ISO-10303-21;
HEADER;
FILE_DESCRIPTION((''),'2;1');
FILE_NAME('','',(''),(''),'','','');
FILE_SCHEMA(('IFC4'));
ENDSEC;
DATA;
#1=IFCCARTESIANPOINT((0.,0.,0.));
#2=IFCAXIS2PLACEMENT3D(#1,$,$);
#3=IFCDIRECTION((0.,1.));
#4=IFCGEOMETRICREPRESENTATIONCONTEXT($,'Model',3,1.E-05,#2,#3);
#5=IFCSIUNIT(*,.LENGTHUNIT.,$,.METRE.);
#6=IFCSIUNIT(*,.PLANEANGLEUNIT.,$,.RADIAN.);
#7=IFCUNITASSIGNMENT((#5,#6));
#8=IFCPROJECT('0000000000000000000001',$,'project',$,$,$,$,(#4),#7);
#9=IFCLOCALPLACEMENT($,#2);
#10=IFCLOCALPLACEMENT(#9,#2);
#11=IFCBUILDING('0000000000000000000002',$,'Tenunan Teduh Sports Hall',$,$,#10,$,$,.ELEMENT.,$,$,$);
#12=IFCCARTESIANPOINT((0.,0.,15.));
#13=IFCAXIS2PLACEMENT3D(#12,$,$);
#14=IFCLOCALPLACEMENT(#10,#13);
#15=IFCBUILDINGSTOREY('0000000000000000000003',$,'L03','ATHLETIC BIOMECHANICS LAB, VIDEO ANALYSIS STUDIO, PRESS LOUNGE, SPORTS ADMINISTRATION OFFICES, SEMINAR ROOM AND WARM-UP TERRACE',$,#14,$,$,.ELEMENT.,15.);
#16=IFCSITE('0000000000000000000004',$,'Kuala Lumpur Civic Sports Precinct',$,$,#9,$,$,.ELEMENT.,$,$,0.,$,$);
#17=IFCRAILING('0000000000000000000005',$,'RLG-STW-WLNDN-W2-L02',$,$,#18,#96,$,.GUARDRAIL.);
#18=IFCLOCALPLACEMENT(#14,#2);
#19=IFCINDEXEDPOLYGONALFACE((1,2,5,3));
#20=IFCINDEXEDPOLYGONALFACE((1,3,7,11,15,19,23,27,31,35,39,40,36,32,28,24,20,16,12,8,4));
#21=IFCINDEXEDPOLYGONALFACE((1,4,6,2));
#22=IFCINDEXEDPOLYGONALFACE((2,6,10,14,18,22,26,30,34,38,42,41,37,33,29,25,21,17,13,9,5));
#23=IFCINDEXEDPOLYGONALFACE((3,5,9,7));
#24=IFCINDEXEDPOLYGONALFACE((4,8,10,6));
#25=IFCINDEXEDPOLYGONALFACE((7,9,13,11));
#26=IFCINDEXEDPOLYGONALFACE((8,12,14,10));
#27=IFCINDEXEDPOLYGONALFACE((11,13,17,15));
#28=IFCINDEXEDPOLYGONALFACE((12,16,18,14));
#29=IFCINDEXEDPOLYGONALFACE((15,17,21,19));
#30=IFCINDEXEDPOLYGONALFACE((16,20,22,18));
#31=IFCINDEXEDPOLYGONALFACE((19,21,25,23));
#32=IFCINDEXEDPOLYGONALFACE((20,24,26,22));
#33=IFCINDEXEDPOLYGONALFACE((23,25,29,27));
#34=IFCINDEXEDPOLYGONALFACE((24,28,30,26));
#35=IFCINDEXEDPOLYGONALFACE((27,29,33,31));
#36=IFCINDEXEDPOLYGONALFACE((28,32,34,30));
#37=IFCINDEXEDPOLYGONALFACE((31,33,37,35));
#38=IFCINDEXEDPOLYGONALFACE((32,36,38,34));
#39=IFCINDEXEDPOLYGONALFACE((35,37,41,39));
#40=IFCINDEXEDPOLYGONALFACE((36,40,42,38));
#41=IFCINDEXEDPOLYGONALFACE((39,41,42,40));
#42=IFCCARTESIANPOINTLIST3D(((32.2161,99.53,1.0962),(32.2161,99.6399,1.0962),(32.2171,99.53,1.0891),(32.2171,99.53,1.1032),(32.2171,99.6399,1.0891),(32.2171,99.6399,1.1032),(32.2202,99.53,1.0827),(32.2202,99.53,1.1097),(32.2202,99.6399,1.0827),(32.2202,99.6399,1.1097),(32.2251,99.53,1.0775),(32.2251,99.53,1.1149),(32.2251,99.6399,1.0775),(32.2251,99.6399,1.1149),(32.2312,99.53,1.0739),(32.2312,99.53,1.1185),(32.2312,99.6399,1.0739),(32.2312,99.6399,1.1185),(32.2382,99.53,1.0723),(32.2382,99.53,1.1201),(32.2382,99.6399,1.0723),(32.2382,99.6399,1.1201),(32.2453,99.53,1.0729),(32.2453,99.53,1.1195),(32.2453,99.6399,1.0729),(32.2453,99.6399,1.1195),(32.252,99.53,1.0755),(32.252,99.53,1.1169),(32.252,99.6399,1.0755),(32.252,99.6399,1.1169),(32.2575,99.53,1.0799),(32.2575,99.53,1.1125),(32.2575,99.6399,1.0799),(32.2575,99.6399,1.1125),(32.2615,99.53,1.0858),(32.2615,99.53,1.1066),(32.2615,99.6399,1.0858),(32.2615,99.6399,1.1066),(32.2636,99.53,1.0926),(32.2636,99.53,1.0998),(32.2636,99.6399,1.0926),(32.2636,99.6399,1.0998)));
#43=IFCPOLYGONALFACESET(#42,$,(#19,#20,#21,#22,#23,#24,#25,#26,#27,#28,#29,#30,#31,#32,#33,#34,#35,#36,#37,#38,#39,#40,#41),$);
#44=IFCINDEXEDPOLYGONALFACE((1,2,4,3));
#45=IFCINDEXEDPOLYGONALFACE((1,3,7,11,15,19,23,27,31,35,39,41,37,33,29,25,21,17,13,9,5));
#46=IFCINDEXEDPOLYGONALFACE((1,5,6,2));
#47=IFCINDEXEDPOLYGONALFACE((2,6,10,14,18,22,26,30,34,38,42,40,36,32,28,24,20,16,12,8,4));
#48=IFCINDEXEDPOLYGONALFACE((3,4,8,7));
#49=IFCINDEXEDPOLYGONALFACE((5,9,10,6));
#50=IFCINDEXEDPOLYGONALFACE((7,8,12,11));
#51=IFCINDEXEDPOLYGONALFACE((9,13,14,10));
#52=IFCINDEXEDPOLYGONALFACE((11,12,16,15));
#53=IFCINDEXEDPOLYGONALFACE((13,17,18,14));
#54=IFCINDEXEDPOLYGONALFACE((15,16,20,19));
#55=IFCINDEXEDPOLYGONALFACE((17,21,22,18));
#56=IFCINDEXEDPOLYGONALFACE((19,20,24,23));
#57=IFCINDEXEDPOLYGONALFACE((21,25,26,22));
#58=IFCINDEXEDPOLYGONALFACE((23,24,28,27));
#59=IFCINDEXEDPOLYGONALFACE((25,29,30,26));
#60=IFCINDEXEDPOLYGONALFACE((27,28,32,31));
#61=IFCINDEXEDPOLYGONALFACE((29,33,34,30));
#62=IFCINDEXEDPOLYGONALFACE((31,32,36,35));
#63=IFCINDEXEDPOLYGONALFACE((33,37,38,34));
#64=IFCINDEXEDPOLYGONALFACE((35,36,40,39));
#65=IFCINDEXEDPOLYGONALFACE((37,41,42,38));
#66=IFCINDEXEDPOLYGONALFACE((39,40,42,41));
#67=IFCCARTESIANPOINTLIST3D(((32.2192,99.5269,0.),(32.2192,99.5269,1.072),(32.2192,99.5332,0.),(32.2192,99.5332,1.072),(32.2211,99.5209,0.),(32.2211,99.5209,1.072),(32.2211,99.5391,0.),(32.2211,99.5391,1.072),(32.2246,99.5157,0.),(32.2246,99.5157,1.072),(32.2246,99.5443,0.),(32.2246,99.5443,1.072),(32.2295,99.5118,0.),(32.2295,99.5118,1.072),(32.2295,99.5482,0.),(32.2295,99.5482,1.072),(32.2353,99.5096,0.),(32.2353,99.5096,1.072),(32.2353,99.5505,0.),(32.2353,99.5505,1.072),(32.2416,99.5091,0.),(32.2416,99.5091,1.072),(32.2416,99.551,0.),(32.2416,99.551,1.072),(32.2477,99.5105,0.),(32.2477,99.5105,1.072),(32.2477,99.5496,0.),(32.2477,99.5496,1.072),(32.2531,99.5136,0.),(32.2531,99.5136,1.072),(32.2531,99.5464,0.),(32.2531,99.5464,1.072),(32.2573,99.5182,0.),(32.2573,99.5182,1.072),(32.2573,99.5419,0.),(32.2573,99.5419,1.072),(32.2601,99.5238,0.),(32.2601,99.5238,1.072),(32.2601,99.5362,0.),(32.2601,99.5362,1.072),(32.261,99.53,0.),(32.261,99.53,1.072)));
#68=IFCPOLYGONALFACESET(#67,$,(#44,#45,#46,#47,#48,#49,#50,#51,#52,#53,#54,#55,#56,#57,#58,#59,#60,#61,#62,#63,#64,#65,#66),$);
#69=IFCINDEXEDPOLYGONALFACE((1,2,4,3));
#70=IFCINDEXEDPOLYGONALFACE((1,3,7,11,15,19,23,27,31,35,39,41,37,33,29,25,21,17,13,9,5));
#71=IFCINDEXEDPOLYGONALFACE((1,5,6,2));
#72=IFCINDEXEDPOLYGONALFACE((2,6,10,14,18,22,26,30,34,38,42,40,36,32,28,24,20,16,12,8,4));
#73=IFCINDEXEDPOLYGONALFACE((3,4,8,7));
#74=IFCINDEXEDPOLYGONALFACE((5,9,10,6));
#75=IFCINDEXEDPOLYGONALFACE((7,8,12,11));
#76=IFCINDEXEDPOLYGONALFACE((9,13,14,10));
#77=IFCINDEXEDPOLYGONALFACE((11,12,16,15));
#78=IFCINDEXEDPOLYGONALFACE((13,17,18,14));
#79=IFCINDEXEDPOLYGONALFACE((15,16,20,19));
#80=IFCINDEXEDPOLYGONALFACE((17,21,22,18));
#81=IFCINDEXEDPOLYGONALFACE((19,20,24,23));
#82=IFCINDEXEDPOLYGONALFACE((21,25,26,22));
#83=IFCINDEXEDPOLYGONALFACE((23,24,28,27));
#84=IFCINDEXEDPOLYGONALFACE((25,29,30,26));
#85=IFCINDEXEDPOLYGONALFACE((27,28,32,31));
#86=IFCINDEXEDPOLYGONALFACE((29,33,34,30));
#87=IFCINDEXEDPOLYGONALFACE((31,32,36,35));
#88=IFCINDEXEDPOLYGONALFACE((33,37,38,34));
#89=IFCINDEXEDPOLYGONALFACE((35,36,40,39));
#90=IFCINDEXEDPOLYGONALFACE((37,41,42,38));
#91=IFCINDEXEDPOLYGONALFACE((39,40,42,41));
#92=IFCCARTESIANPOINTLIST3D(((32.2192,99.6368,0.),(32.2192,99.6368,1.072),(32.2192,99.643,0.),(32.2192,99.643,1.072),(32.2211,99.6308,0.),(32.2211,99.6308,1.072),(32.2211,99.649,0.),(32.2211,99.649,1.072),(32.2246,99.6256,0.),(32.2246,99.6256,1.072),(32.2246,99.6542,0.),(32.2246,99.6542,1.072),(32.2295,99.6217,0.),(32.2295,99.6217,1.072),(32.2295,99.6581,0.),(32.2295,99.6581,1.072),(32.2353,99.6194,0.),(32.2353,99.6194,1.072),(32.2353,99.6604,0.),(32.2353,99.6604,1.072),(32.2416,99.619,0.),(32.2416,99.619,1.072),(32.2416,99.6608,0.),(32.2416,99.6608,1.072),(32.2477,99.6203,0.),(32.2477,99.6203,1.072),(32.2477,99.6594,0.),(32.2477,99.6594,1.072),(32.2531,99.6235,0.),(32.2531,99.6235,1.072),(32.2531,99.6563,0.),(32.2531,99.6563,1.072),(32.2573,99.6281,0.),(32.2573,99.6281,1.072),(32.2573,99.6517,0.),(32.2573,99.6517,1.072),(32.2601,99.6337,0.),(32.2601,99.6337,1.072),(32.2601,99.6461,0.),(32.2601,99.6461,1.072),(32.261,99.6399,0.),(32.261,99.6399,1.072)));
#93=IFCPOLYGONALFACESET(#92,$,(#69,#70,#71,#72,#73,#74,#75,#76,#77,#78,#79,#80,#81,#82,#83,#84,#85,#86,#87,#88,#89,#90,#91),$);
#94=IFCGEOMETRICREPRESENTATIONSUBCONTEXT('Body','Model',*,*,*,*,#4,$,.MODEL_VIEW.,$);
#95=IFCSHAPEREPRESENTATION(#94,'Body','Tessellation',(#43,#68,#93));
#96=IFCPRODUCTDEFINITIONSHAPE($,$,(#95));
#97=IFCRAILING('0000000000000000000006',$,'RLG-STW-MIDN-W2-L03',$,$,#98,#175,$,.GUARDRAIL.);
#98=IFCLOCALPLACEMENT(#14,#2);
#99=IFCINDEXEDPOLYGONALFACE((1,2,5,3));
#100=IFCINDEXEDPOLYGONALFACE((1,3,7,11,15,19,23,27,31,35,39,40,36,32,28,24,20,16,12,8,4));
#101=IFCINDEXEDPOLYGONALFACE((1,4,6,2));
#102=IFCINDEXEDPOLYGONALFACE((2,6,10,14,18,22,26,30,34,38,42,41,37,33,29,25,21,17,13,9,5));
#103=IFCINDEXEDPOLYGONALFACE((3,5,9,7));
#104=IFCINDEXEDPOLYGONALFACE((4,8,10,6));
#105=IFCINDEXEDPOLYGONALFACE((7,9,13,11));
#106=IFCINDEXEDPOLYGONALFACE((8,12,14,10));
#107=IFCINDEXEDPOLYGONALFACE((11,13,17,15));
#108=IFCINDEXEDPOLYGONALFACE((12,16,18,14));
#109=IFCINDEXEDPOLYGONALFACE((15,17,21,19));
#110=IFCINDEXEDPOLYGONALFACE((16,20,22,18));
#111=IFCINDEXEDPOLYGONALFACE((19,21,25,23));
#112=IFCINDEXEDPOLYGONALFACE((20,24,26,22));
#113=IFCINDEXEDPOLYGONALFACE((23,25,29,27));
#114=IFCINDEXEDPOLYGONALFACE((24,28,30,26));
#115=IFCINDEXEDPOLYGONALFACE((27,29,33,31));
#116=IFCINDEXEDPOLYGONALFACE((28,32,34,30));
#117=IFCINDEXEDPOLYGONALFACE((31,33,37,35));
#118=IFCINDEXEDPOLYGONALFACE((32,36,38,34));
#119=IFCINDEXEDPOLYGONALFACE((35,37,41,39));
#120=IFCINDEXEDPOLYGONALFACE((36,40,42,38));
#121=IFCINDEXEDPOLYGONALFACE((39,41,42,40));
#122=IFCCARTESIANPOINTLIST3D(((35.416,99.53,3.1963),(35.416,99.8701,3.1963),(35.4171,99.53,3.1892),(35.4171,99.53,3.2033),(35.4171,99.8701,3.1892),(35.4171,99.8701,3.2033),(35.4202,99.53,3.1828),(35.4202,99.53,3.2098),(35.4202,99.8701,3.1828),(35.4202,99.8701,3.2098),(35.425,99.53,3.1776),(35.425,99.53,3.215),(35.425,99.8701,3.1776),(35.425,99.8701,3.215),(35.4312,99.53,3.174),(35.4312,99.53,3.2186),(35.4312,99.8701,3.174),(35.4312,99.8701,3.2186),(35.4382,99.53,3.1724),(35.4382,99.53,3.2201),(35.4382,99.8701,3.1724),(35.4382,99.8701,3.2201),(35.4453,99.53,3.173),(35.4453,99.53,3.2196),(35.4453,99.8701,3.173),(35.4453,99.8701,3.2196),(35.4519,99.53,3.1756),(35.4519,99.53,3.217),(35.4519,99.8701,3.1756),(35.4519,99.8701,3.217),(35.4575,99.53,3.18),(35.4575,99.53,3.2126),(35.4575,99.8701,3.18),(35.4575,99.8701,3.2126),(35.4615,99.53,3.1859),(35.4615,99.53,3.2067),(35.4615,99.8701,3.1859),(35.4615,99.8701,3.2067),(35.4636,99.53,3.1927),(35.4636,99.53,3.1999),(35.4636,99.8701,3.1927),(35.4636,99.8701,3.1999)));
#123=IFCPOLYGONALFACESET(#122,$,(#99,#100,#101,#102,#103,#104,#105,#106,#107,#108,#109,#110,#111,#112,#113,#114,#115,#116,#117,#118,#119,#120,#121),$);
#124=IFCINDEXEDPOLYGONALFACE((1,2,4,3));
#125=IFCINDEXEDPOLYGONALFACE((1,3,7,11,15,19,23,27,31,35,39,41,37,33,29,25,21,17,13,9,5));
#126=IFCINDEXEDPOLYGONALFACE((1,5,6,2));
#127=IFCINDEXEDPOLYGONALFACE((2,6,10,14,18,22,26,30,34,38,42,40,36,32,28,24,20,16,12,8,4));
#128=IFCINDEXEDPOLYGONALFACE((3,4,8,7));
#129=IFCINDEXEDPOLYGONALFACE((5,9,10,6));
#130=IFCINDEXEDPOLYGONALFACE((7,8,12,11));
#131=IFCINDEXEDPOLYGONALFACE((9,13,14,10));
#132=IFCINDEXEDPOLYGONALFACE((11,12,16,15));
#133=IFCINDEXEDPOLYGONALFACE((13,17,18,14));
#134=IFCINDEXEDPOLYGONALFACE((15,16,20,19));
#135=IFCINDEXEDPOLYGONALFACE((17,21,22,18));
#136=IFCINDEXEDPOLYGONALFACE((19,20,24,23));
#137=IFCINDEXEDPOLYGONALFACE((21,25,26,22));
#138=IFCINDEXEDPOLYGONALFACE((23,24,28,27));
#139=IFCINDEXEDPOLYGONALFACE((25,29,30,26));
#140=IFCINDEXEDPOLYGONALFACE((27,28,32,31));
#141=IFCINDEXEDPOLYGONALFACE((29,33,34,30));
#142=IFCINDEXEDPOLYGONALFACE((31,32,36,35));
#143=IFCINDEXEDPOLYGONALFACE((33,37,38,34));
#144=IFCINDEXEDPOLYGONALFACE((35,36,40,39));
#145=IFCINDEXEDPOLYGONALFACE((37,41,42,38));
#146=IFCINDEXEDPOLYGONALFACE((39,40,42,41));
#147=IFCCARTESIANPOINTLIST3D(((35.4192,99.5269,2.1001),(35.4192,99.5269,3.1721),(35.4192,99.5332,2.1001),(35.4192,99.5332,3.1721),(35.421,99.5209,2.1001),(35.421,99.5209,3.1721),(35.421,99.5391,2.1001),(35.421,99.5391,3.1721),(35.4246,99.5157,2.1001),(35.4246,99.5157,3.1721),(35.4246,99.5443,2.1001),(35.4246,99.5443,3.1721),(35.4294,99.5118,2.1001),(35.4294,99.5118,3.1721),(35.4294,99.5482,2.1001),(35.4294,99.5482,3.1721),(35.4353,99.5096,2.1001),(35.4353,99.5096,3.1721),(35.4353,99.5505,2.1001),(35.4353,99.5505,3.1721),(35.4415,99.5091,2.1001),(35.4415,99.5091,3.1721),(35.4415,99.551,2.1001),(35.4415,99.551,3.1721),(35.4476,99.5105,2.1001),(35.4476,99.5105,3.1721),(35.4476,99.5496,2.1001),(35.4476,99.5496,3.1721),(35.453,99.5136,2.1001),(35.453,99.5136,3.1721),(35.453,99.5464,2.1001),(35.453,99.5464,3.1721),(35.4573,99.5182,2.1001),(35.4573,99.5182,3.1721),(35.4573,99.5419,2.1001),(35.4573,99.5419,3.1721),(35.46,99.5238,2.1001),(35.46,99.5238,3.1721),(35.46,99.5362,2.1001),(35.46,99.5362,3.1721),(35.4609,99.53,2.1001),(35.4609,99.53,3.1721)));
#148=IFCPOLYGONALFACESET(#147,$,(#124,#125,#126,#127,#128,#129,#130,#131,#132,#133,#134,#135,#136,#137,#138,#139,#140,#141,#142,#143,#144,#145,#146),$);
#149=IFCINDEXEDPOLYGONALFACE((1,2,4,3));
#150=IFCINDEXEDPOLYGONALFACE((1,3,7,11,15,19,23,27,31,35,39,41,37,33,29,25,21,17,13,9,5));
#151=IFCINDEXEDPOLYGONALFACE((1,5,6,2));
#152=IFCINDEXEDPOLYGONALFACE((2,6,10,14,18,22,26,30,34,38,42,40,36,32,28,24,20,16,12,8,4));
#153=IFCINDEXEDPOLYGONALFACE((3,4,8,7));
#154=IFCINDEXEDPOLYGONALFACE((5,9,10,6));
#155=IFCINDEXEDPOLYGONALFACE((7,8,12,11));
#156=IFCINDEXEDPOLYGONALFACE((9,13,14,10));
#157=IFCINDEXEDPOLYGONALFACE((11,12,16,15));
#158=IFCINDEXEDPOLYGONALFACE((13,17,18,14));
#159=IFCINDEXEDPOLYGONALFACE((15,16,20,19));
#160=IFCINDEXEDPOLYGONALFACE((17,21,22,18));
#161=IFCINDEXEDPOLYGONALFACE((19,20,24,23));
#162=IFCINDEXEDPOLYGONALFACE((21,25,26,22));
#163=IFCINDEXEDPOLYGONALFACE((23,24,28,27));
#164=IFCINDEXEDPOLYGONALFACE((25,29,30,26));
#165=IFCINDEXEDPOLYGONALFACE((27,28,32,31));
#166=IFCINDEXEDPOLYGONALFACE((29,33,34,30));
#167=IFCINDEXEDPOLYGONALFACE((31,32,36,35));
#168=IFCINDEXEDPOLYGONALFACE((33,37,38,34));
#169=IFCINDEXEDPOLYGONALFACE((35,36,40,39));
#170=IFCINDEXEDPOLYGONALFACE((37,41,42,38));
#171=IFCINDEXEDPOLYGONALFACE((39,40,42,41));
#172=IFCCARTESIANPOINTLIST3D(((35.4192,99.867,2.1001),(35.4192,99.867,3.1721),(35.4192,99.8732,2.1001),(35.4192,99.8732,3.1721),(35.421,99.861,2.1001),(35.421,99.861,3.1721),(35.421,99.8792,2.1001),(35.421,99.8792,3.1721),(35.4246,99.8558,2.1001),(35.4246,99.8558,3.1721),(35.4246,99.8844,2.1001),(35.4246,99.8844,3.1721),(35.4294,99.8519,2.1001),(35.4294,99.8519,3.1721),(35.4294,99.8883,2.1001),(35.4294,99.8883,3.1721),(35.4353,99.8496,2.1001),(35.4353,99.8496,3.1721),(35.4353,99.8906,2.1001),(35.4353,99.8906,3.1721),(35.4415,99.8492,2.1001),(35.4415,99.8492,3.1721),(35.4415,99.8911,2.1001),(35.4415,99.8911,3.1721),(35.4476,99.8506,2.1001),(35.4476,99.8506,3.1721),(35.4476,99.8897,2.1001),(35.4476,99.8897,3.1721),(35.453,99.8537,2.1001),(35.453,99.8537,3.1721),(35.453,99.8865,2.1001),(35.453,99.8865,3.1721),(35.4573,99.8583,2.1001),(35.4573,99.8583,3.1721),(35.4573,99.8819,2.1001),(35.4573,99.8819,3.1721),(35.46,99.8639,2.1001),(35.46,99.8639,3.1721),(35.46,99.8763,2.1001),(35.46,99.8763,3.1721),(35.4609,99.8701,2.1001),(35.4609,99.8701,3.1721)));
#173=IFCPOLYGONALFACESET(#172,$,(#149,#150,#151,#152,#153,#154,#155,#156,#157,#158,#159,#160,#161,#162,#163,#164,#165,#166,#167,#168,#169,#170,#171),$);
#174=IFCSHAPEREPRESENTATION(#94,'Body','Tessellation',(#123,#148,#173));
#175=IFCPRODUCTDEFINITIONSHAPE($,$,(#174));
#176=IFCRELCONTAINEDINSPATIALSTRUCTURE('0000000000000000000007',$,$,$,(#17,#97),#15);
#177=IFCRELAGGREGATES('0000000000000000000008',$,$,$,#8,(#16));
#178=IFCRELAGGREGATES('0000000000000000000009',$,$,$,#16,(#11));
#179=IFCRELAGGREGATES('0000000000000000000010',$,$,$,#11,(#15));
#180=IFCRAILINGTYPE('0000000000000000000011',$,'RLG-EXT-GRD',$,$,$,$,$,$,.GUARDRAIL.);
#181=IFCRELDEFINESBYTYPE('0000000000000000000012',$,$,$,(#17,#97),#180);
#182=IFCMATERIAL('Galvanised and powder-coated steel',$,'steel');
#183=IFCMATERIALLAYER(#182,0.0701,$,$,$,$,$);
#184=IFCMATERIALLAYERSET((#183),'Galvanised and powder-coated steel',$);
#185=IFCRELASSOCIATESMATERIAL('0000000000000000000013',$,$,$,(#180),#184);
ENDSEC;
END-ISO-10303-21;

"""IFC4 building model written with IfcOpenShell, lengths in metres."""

from ifc_helpers import new_model, si_unit, direction, frame, origin, origin_2d, place, context, subcontext, project, spatial, circle, extrude, material, layer, layer_set, type_object, element, save


model = new_model("IFC4")

# Units and contexts
model_context = context("Model", 3, precision=1e-05, world=origin(), true_north=direction((0.0, 1.0)))
body_context = subcontext(model_context, "Body", "Model", "MODEL_VIEW")
ifc_project = project(units=[si_unit("LENGTHUNIT", "METRE"), si_unit("PLANEANGLEUNIT", "RADIAN")], contexts=[model_context])

# Site, building, storey
site_placement = place(None, origin())
site = spatial("IfcSite", under=ifc_project, at=site_placement, Name="Kuala Lumpur Civic Sports Precinct", CompositionType="ELEMENT", RefElevation=0.0)
building_placement = place(site_placement, origin())
building = spatial("IfcBuilding", under=site, at=building_placement, Name="Tenunan Teduh Sports Hall", CompositionType="ELEMENT")
storey_placement = place(building_placement, frame((0.0, 0.0, 15.0)))
storey = spatial("IfcBuildingStorey", under=building, at=storey_placement, Name="L03", Description="ATHLETIC BIOMECHANICS LAB, VIDEO ANALYSIS STUDIO, PRESS LOUNGE, SPORTS ADMINISTRATION OFFICES, SEMINAR ROOM AND WARM-UP TERRACE", CompositionType="ELEMENT", Elevation=15.0)

# Railings
ifc_material_1 = material(Name="Galvanised and powder-coated steel", Category="steel")
ifc_layer_1 = layer(ifc_material_1, 0.0701)
ifc_layer_set_1 = layer_set([ifc_layer_1], Name="Galvanised and powder-coated steel")
railing_type = type_object("IfcRailingType", Name="RLG-EXT-GRD", PredefinedType="GUARDRAIL", material=ifc_layer_set_1)
railing_1_placement = place(storey_placement, frame((32.24, 99.53, 0.0)))
element("IfcRailing", 1, at=railing_1_placement, inside=storey, type_object=railing_type, Name="RLG-STW-WLNDN-W2-L02", PredefinedType="GUARDRAIL", context=body_context, shape_type="SweptSolid", body=[
    extrude(circle(Radius=0.0239, at=origin_2d()), frame((0.0, 0.0, 1.0962), z_axis=(0.0, 1.0, 0.0), x_axis=(-1.0, 0.0, 0.0)), (0.0, 0.0, 1.0), 0.1099),
    extrude(circle(Radius=0.021, at=origin_2d()), origin(), (0.0, 0.0, 1.0), 1.072),
    extrude(circle(Radius=0.021, at=origin_2d()), frame((0.0, 0.1099, 0.0)), (0.0, 0.0, 1.0), 1.072),
])
railing_2_placement = place(storey_placement, frame((35.4399, 99.53, 2.1001)))
element("IfcRailing", 2, at=railing_2_placement, inside=storey, type_object=railing_type, Name="RLG-STW-MIDN-W2-L03", PredefinedType="GUARDRAIL", context=body_context, shape_type="SweptSolid", body=[
    extrude(circle(Radius=0.0239, at=origin_2d()), frame((0.0, 0.0, 1.0962), z_axis=(0.0, 1.0, 0.0), x_axis=(-1.0, 0.0, 0.0)), (0.0, 0.0, 1.0), 0.3401),
    extrude(circle(Radius=0.021, at=origin_2d()), origin(), (0.0, 0.0, 1.0), 1.072),
    extrude(circle(Radius=0.021, at=origin_2d()), frame((0.0, 0.3401, 0.0)), (0.0, 0.0, 1.0), 1.072),
])

save(model, "model.ifc")
